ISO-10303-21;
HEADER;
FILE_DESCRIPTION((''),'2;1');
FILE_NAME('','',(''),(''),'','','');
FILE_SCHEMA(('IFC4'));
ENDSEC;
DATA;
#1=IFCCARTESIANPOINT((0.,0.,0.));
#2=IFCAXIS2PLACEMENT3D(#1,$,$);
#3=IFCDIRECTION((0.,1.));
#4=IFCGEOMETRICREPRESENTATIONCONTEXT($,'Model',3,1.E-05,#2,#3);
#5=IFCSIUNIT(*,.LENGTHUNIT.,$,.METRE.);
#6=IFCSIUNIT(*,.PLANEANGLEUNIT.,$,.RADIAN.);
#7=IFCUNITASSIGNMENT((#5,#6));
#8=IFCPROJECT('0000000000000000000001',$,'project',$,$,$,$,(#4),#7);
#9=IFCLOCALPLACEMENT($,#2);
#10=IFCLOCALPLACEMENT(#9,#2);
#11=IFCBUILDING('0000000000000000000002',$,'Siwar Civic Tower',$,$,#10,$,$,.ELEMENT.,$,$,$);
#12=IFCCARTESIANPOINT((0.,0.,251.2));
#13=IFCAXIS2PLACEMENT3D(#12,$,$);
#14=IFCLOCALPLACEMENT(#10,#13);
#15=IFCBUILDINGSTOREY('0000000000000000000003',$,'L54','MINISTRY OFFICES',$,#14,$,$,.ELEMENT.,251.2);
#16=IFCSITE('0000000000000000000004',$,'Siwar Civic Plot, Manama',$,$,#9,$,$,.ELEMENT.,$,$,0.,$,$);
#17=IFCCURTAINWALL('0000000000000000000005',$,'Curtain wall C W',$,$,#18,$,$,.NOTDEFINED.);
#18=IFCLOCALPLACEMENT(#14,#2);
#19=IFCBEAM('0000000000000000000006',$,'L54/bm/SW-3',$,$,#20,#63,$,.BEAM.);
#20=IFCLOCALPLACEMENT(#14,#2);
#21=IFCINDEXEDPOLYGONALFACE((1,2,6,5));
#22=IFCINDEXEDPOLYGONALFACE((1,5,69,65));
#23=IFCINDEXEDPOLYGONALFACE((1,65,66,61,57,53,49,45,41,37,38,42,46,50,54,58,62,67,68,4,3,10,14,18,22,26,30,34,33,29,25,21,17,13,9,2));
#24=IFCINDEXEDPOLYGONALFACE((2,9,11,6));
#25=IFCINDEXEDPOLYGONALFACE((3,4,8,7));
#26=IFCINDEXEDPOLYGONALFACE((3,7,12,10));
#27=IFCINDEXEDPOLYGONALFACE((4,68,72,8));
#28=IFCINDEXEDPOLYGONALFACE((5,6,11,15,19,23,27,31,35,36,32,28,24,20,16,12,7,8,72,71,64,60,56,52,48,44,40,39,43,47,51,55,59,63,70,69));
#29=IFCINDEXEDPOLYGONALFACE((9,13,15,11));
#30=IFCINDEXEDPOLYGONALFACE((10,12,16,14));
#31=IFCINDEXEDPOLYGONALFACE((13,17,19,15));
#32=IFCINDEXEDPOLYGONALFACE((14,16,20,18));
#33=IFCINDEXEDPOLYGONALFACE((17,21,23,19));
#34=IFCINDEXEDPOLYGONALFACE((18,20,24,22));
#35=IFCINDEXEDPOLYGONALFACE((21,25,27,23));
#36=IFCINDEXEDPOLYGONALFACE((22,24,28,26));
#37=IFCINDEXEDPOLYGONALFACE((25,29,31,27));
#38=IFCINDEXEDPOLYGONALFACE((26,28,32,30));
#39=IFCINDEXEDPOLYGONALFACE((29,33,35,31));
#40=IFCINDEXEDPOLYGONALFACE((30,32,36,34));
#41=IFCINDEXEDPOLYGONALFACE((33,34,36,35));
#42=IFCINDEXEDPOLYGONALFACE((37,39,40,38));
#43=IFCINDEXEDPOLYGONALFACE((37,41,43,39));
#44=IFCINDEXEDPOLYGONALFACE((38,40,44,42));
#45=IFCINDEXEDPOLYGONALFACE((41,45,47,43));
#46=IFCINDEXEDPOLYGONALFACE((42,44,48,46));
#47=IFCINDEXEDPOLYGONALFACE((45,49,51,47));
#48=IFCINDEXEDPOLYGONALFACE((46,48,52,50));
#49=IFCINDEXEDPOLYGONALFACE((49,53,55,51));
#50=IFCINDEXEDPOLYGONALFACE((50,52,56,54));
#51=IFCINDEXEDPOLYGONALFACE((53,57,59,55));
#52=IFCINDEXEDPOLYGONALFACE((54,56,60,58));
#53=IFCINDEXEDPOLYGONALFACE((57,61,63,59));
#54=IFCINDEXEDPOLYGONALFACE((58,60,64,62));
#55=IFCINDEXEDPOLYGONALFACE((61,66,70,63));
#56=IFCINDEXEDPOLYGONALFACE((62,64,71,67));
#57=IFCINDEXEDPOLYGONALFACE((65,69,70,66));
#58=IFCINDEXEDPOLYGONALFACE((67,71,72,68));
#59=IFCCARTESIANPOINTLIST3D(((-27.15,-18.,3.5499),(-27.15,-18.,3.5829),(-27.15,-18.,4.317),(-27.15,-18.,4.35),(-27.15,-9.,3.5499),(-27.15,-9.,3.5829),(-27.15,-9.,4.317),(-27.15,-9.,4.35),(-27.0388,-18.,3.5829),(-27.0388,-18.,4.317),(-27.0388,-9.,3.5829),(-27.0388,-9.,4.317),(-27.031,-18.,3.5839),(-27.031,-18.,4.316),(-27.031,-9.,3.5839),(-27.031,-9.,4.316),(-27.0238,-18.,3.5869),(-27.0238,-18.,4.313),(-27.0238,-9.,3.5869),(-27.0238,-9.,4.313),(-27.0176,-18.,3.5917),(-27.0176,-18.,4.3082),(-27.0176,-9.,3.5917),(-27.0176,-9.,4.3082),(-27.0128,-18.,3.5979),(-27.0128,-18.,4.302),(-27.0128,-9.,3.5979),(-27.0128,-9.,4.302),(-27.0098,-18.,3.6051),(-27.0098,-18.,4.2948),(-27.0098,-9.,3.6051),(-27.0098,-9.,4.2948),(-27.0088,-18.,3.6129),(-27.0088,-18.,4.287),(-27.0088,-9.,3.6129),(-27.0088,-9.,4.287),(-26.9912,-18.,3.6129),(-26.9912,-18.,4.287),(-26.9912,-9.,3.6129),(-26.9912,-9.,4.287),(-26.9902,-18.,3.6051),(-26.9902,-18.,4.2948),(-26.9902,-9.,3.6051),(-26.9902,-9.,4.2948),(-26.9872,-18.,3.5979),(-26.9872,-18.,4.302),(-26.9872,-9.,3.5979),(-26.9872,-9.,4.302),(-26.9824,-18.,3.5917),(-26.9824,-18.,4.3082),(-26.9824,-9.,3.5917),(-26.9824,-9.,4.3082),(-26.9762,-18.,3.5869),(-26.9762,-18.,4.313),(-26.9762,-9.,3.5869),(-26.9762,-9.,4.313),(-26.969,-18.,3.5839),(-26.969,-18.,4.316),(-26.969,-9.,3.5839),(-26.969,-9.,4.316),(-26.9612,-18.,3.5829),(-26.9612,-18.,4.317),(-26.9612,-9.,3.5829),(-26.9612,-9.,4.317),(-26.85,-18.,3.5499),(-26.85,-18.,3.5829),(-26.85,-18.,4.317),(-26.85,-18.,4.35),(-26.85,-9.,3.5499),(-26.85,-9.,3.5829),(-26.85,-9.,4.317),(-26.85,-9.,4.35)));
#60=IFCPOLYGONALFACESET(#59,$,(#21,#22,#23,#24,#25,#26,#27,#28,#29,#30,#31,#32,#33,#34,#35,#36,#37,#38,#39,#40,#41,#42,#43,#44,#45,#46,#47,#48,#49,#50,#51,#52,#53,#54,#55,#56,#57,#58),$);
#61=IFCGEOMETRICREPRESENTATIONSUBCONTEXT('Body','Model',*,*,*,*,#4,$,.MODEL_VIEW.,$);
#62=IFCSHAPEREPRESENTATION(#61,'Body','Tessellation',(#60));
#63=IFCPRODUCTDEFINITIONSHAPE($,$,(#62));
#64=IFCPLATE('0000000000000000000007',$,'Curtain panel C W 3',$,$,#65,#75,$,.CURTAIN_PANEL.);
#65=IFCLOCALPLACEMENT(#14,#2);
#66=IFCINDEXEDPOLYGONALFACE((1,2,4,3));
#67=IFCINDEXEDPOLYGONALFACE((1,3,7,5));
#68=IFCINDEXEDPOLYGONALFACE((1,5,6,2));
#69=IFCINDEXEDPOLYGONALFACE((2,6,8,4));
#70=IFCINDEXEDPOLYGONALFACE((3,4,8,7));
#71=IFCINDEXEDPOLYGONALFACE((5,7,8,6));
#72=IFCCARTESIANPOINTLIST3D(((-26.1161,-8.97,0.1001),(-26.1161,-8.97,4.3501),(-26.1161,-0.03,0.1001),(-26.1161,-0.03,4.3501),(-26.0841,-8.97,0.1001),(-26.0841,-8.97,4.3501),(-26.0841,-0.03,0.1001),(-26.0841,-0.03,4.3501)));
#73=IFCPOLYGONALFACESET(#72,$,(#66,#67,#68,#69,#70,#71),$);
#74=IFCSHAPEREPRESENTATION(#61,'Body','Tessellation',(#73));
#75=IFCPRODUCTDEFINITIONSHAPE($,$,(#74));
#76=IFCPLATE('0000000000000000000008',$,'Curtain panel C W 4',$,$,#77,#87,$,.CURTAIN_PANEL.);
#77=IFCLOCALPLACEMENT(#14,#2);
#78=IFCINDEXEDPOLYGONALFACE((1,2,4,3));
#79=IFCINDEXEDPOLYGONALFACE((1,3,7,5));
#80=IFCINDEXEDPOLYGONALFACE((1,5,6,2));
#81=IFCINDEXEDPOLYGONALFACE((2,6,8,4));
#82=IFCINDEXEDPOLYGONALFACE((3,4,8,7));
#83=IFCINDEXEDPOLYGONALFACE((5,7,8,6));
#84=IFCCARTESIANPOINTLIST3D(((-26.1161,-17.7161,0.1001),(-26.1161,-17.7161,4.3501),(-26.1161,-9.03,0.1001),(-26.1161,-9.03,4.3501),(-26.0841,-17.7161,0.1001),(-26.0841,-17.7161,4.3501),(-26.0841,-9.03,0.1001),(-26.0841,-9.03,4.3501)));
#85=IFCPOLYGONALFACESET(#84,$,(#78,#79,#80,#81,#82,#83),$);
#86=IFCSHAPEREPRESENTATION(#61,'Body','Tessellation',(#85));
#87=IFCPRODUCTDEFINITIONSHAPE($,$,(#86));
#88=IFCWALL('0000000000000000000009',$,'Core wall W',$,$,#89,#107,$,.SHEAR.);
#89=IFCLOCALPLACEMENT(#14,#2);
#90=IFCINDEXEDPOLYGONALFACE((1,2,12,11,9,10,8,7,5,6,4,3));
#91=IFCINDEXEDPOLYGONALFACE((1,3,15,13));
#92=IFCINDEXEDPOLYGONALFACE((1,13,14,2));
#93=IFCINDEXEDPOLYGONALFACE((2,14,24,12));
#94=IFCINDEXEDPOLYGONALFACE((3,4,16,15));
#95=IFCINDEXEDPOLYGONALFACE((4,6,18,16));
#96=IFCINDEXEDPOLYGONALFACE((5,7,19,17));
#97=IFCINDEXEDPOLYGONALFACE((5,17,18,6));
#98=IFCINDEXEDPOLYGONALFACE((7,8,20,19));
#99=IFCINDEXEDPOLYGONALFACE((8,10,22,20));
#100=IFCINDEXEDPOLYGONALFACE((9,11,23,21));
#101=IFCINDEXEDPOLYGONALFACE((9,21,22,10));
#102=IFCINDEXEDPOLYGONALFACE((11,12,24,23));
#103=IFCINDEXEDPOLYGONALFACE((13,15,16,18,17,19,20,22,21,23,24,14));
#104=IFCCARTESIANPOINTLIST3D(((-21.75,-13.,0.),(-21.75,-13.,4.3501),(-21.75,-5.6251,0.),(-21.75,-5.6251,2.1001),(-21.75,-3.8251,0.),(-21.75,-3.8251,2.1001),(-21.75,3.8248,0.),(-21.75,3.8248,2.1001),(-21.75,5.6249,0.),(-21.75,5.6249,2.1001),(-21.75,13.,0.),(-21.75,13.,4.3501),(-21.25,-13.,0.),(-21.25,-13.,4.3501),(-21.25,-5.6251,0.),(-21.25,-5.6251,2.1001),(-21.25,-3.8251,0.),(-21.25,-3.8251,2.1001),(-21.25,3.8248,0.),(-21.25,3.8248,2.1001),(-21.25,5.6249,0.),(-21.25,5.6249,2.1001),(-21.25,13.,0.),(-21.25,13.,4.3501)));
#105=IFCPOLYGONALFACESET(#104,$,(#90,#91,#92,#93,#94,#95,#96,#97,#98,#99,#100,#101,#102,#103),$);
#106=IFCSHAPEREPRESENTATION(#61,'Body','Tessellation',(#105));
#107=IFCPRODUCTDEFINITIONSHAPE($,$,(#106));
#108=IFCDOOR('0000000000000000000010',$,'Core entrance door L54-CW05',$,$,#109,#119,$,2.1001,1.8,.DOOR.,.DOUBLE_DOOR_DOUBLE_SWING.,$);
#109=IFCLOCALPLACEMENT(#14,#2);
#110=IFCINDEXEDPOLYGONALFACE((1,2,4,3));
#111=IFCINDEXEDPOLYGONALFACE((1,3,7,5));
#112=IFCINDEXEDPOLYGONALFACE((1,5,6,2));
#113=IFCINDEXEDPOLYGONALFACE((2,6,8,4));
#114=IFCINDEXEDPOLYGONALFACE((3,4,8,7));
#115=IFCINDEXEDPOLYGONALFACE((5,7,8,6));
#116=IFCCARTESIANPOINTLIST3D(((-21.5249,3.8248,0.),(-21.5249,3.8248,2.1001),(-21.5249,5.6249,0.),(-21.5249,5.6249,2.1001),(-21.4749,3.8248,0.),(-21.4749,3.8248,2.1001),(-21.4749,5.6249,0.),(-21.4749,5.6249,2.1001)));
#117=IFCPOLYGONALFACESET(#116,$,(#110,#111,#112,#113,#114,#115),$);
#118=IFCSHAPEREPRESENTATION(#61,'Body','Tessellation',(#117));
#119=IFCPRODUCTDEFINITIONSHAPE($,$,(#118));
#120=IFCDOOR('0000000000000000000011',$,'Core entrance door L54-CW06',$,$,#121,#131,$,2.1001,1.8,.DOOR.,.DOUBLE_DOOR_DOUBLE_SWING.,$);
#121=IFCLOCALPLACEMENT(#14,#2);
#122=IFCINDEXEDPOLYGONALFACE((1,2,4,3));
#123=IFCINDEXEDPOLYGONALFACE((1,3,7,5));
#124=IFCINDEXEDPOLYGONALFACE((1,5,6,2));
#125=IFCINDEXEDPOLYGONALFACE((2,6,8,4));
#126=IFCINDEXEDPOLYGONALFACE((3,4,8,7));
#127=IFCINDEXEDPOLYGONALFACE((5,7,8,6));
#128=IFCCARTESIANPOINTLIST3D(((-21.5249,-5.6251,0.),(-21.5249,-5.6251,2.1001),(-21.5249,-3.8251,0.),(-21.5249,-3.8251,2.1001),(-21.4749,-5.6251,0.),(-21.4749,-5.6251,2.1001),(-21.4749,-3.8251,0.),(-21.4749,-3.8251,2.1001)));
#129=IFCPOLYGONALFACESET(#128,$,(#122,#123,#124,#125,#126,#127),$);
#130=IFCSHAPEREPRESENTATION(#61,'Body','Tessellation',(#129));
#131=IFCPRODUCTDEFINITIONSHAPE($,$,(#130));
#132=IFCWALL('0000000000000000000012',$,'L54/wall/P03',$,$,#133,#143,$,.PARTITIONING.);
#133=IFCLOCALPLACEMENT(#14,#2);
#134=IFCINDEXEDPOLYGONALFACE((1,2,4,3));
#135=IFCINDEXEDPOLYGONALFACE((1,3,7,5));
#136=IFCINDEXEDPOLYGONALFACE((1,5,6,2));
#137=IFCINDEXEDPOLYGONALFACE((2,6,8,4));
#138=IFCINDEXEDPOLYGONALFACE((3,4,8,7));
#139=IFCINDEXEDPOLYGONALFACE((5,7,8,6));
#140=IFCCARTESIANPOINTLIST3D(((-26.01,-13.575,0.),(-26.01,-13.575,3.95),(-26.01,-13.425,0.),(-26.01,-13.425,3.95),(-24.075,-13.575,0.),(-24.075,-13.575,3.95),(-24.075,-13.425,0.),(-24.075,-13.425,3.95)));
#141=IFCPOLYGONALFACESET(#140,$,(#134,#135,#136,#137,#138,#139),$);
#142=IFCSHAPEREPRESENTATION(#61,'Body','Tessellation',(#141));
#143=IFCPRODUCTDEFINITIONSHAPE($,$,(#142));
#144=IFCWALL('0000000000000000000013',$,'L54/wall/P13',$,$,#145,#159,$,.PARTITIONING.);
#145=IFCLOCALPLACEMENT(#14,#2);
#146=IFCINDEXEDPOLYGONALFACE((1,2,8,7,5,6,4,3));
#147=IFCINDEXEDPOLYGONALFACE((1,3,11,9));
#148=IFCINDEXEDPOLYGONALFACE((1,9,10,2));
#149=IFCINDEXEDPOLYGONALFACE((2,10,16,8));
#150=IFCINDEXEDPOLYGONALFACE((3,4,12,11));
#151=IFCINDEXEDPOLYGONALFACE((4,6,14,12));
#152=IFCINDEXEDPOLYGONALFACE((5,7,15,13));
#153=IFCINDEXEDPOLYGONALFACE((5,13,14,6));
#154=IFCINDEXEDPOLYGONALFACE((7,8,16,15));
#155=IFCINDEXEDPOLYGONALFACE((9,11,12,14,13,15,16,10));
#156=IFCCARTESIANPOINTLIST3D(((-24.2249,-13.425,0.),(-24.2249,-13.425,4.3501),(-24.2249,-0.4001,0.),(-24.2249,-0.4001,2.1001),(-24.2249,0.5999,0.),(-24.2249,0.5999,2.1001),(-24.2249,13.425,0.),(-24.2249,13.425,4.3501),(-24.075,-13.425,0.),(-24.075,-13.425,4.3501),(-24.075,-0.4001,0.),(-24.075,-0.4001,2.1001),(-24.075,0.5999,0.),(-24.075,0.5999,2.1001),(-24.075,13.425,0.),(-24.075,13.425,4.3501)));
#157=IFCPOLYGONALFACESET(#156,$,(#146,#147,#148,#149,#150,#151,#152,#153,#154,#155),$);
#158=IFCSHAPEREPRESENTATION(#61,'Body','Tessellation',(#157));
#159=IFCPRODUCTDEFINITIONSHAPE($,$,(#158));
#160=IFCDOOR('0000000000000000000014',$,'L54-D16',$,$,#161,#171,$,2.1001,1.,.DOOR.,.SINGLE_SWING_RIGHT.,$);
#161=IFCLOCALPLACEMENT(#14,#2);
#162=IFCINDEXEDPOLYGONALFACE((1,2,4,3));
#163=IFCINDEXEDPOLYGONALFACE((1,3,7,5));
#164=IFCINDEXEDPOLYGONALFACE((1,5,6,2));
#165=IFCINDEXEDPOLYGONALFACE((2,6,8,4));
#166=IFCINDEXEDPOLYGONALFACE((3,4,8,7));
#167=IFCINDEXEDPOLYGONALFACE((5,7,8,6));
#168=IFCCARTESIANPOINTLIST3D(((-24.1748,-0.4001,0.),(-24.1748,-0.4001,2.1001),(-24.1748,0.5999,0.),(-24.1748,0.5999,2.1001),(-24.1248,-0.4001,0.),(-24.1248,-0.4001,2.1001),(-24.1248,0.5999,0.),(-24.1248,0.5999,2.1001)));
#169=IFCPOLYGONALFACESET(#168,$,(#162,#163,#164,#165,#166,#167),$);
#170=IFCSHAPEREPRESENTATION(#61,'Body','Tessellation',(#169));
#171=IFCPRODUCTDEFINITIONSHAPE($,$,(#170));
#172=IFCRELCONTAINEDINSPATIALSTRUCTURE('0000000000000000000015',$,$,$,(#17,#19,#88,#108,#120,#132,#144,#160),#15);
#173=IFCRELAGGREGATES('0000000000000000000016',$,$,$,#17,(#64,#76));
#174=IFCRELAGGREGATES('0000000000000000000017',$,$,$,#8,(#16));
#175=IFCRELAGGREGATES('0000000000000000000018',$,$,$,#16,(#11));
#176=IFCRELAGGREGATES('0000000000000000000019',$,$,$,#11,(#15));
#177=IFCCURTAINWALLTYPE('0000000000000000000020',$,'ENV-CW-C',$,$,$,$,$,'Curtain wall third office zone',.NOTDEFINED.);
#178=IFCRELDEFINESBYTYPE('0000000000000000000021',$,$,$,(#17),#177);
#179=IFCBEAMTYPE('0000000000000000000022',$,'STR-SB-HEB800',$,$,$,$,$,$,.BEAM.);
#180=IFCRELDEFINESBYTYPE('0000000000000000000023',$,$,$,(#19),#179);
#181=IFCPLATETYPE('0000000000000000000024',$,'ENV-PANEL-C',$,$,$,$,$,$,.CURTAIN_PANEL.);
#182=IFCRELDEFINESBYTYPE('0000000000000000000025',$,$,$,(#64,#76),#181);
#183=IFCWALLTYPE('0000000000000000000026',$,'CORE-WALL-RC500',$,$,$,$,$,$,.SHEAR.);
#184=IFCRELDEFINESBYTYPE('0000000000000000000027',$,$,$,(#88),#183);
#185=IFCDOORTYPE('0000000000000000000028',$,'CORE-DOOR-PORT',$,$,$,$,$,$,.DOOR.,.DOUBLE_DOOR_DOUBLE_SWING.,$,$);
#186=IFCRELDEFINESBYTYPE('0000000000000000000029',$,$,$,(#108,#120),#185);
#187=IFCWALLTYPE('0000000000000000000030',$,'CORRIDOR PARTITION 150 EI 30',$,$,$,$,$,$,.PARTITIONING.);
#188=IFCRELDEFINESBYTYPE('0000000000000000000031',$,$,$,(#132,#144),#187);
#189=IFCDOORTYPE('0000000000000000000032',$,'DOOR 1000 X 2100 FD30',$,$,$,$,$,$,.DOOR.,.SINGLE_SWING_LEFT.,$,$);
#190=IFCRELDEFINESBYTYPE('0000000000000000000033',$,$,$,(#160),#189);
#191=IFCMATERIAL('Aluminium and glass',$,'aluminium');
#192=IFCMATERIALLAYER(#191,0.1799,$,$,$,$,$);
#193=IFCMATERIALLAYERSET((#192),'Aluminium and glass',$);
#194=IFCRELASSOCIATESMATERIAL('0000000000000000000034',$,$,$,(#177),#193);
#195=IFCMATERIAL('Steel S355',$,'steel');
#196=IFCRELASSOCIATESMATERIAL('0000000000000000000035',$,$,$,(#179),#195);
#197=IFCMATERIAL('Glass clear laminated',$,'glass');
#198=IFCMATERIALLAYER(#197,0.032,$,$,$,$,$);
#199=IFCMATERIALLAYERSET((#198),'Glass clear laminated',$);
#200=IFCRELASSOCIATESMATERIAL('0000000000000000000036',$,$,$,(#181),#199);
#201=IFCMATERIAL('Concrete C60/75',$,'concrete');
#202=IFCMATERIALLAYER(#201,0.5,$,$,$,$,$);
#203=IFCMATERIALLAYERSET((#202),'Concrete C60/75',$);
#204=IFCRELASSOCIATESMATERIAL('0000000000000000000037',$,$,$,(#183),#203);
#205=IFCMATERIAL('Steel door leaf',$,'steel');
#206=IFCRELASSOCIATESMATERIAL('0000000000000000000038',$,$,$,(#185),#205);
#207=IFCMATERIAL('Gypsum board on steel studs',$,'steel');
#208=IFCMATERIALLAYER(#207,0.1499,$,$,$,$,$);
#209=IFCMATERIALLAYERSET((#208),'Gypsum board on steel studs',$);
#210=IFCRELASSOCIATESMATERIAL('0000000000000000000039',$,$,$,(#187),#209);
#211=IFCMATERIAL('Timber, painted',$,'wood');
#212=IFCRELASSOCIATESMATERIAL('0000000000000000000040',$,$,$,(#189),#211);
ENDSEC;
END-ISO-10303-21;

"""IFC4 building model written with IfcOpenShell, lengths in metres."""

from ifc_helpers import new_model, si_unit, direction, frame, frame_2d, origin, origin_2d, place, context, subcontext, project, spatial, rectangle, i_section, extrude, material, layer, layer_set, material_profile, profile_set, type_object, element, fill, aggregate, save


model = new_model("IFC4")

# Units and contexts
model_context = context("Model", 3, precision=1e-05, world=origin(), true_north=direction((0.0, 1.0)))
body_context = subcontext(model_context, "Body", "Model", "MODEL_VIEW")
ifc_project = project(units=[si_unit("LENGTHUNIT", "METRE"), si_unit("PLANEANGLEUNIT", "RADIAN")], contexts=[model_context])

# Site, building, storey
site_placement = place(None, origin())
site = spatial("IfcSite", under=ifc_project, at=site_placement, Name="Siwar Civic Plot, Manama", CompositionType="ELEMENT", RefElevation=0.0)
building_placement = place(site_placement, origin())
building = spatial("IfcBuilding", under=site, at=building_placement, Name="Siwar Civic Tower", CompositionType="ELEMENT")
storey_placement = place(building_placement, frame((0.0, 0.0, 251.2)))
storey = spatial("IfcBuildingStorey", under=building, at=storey_placement, Name="L54", Description="MINISTRY OFFICES", CompositionType="ELEMENT", Elevation=251.2)

# Curtain wall
ifc_material_1 = material(Name="Aluminium and glass", Category="aluminium")
ifc_layer_1 = layer(ifc_material_1, 0.1799)
ifc_layer_set_1 = layer_set([ifc_layer_1], Name="Aluminium and glass")
curtain_wall_type = type_object("IfcCurtainWallType", Name="ENV-CW-C", ElementType="Curtain wall third office zone", PredefinedType="NOTDEFINED", material=ifc_layer_set_1)
curtain_wall_placement = place(storey_placement, origin())
curtain_wall = element("IfcCurtainWall", 1, at=curtain_wall_placement, inside=storey, type_object=curtain_wall_type, Name="Curtain wall C W", PredefinedType="NOTDEFINED")

# Beam
ifc_material_2 = material(Name="Steel S355", Category="steel")
ifc_material_profile_1 = material_profile(ifc_material_2, i_section(OverallWidth=0.3, OverallDepth=0.8, WebThickness=0.0176, FlangeThickness=0.033, FilletRadius=0.03, at=origin_2d()), Name="HEB800")
ifc_profile_set_1 = profile_set([ifc_material_profile_1], Name="Steel S355")
beam_type_1 = type_object("IfcBeamType", Name="STR-SB-HEB800", PredefinedType="BEAM", material=ifc_profile_set_1)
beam_1_placement = place(storey_placement, frame((-27.0, -9.0, 3.95), z_axis=(0.0, -1.0, 0.0), x_axis=(1.0, 0.0, 0.0)))
element("IfcBeam", 2, at=beam_1_placement, inside=storey, type_object=beam_type_1, Name="L54/bm/SW-3", PredefinedType="BEAM", context=body_context, shape_type="SweptSolid", body=[
    extrude(i_section(OverallWidth=0.3, OverallDepth=0.8, WebThickness=0.0176, FlangeThickness=0.033, FilletRadius=0.03, at=origin_2d()), origin(), (0.0, 0.0, 1.0), 9.0),
])

# Plates
ifc_material_3 = material(Name="Glass clear laminated", Category="glass")
ifc_layer_2 = layer(ifc_material_3, 0.032)
ifc_layer_set_2 = layer_set([ifc_layer_2], Name="Glass clear laminated")
plate_type = type_object("IfcPlateType", Name="ENV-PANEL-C", PredefinedType="CURTAIN_PANEL", material=ifc_layer_set_2)
plate_1_placement = place(storey_placement, frame((-26.1001, -4.5, 0.1001), z_axis=(0.0, 0.0, 1.0), x_axis=(0.0, -1.0, 0.0)))
plate_1 = element("IfcPlate", 3, at=plate_1_placement, type_object=plate_type, Name="Curtain panel C W 3", PredefinedType="CURTAIN_PANEL", context=body_context, shape_type="SweptSolid", body=[
    extrude(rectangle(XDim=8.9399, YDim=0.032, at=origin_2d()), origin(), (0.0, 0.0, 1.0), 4.25),
])
plate_2_placement = place(storey_placement, frame((-26.1001, -13.373, 0.1001), z_axis=(0.0, 0.0, 1.0), x_axis=(0.0, -1.0, 0.0)))
plate_2 = element("IfcPlate", 4, at=plate_2_placement, type_object=plate_type, Name="Curtain panel C W 4", PredefinedType="CURTAIN_PANEL", context=body_context, shape_type="SweptSolid", body=[
    extrude(rectangle(XDim=8.686, YDim=0.032, at=origin_2d()), origin(), (0.0, 0.0, 1.0), 4.25),
])
aggregate(curtain_wall, [plate_1, plate_2])

# Wall, openings, doors
ifc_material_4 = material(Name="Concrete C60/75", Category="concrete")
ifc_layer_3 = layer(ifc_material_4, 0.5)
ifc_layer_set_3 = layer_set([ifc_layer_3], Name="Concrete C60/75")
wall_type_1 = type_object("IfcWallType", Name="CORE-WALL-RC500", PredefinedType="SHEAR", material=ifc_layer_set_3)
wall_1_placement = place(storey_placement, frame((-21.5, -13.0, 0.0), z_axis=(0.0, 0.0, 1.0), x_axis=(0.0, 1.0, 0.0)))
wall_1 = element("IfcWall", 5, at=wall_1_placement, inside=storey, type_object=wall_type_1, Name="Core wall W", PredefinedType="SHEAR", context=body_context, shape_type="SweptSolid", body=[
    extrude(rectangle(XDim=26.0, YDim=0.5, at=frame_2d((13.0, 0.0))), origin(), (0.0, 0.0, 1.0), 4.3501),
])
opening_1_placement = place(wall_1_placement, frame((16.825, 0.0, 0.0)))
opening_1 = element("IfcOpeningElement", 6, at=opening_1_placement, cuts=wall_1, PredefinedType="OPENING", context=body_context, shape_type="SweptSolid", body=[
    extrude(rectangle(XDim=1.8, YDim=2.1001, at=frame_2d((0.8999, 1.05))), frame((0.0, 0.26, 0.0), z_axis=(0.0, -1.0, 0.0), x_axis=(1.0, 0.0, 0.0)), (0.0, 0.0, 1.0), 0.52),
])
opening_2_placement = place(wall_1_placement, frame((7.375, 0.0, 0.0)))
opening_2 = element("IfcOpeningElement", 7, at=opening_2_placement, cuts=wall_1, PredefinedType="OPENING", context=body_context, shape_type="SweptSolid", body=[
    extrude(rectangle(XDim=1.8, YDim=2.1001, at=frame_2d((0.8999, 1.05))), frame((0.0, 0.26, 0.0), z_axis=(0.0, -1.0, 0.0), x_axis=(1.0, 0.0, 0.0)), (0.0, 0.0, 1.0), 0.52),
])
ifc_material_5 = material(Name="Steel door leaf", Category="steel")
door_type_1 = type_object("IfcDoorType", Name="CORE-DOOR-PORT", OperationType="DOUBLE_DOOR_DOUBLE_SWING", PredefinedType="DOOR", material=ifc_material_5)
door_1_placement = place(opening_1_placement, origin())
door_1 = element("IfcDoor", 8, at=door_1_placement, inside=storey, type_object=door_type_1, Name="Core entrance door L54-CW05", OperationType="DOUBLE_DOOR_DOUBLE_SWING", OverallHeight=2.1001, OverallWidth=1.8, PredefinedType="DOOR", context=body_context, shape_type="SweptSolid", body=[
    extrude(rectangle(XDim=1.8, YDim=2.1001, at=frame_2d((0.8999, 1.05))), frame((0.0, 0.0249, 0.0), z_axis=(0.0, -1.0, 0.0), x_axis=(1.0, 0.0, 0.0)), (0.0, 0.0, 1.0), 0.05),
])
fill(opening_1, door_1)
door_2_placement = place(opening_2_placement, origin())
door_2 = element("IfcDoor", 9, at=door_2_placement, inside=storey, type_object=door_type_1, Name="Core entrance door L54-CW06", OperationType="DOUBLE_DOOR_DOUBLE_SWING", OverallHeight=2.1001, OverallWidth=1.8, PredefinedType="DOOR", context=body_context, shape_type="SweptSolid", body=[
    extrude(rectangle(XDim=1.8, YDim=2.1001, at=frame_2d((0.8999, 1.05))), frame((0.0, 0.0249, 0.0), z_axis=(0.0, -1.0, 0.0), x_axis=(1.0, 0.0, 0.0)), (0.0, 0.0, 1.0), 0.05),
])
fill(opening_2, door_2)

# Wall
ifc_material_6 = material(Name="Gypsum board on steel studs", Category="steel")
ifc_layer_4 = layer(ifc_material_6, 0.1499)
ifc_layer_set_4 = layer_set([ifc_layer_4], Name="Gypsum board on steel studs")
wall_type_2 = type_object("IfcWallType", Name="CORRIDOR PARTITION 150 EI 30", PredefinedType="PARTITIONING", material=ifc_layer_set_4)
wall_2_placement = place(storey_placement, frame((-26.01, -13.5, 0.0), z_axis=(0.0, 0.0, 1.0), x_axis=(1.0, 0.0, 0.0)))
element("IfcWall", 10, at=wall_2_placement, inside=storey, type_object=wall_type_2, Name="L54/wall/P03", PredefinedType="PARTITIONING", context=body_context, shape_type="SweptSolid", body=[
    extrude(rectangle(XDim=1.9351, YDim=0.1499, at=frame_2d((0.9675, 0.0))), origin(), (0.0, 0.0, 1.0), 3.95),
])

# Wall, opening, door
wall_3_placement = place(storey_placement, frame((-24.1499, -13.425, 0.0), z_axis=(0.0, 0.0, 1.0), x_axis=(0.0, 1.0, 0.0)))
wall_3 = element("IfcWall", 11, at=wall_3_placement, inside=storey, type_object=wall_type_2, Name="L54/wall/P13", PredefinedType="PARTITIONING", context=body_context, shape_type="SweptSolid", body=[
    extrude(rectangle(XDim=26.8501, YDim=0.1499, at=frame_2d((13.425, 0.0))), origin(), (0.0, 0.0, 1.0), 4.3501),
])
opening_3_placement = place(wall_3_placement, frame((13.0249, 0.0, 0.0)))
opening_3 = element("IfcOpeningElement", 12, at=opening_3_placement, cuts=wall_3, PredefinedType="OPENING", context=body_context, shape_type="SweptSolid", body=[
    extrude(rectangle(XDim=1.0, YDim=2.1001, at=frame_2d((0.5, 1.05))), frame((0.0, 0.085, 0.0), z_axis=(0.0, -1.0, 0.0), x_axis=(1.0, 0.0, 0.0)), (0.0, 0.0, 1.0), 0.1699),
])
ifc_material_7 = material(Name="Timber, painted", Category="wood")
door_type_2 = type_object("IfcDoorType", Name="DOOR 1000 X 2100 FD30", OperationType="SINGLE_SWING_LEFT", PredefinedType="DOOR", material=ifc_material_7)
door_3_placement = place(opening_3_placement, origin())
door_3 = element("IfcDoor", 13, at=door_3_placement, inside=storey, type_object=door_type_2, Name="L54-D16", OperationType="SINGLE_SWING_RIGHT", OverallHeight=2.1001, OverallWidth=1.0, PredefinedType="DOOR", context=body_context, shape_type="SweptSolid", body=[
    extrude(rectangle(XDim=1.0, YDim=2.1001, at=frame_2d((0.5, 1.05))), frame((0.0, 0.0249, 0.0), z_axis=(0.0, -1.0, 0.0), x_axis=(1.0, 0.0, 0.0)), (0.0, 0.0, 1.0), 0.05),
])
fill(opening_3, door_3)

save(model, "model.ifc")
